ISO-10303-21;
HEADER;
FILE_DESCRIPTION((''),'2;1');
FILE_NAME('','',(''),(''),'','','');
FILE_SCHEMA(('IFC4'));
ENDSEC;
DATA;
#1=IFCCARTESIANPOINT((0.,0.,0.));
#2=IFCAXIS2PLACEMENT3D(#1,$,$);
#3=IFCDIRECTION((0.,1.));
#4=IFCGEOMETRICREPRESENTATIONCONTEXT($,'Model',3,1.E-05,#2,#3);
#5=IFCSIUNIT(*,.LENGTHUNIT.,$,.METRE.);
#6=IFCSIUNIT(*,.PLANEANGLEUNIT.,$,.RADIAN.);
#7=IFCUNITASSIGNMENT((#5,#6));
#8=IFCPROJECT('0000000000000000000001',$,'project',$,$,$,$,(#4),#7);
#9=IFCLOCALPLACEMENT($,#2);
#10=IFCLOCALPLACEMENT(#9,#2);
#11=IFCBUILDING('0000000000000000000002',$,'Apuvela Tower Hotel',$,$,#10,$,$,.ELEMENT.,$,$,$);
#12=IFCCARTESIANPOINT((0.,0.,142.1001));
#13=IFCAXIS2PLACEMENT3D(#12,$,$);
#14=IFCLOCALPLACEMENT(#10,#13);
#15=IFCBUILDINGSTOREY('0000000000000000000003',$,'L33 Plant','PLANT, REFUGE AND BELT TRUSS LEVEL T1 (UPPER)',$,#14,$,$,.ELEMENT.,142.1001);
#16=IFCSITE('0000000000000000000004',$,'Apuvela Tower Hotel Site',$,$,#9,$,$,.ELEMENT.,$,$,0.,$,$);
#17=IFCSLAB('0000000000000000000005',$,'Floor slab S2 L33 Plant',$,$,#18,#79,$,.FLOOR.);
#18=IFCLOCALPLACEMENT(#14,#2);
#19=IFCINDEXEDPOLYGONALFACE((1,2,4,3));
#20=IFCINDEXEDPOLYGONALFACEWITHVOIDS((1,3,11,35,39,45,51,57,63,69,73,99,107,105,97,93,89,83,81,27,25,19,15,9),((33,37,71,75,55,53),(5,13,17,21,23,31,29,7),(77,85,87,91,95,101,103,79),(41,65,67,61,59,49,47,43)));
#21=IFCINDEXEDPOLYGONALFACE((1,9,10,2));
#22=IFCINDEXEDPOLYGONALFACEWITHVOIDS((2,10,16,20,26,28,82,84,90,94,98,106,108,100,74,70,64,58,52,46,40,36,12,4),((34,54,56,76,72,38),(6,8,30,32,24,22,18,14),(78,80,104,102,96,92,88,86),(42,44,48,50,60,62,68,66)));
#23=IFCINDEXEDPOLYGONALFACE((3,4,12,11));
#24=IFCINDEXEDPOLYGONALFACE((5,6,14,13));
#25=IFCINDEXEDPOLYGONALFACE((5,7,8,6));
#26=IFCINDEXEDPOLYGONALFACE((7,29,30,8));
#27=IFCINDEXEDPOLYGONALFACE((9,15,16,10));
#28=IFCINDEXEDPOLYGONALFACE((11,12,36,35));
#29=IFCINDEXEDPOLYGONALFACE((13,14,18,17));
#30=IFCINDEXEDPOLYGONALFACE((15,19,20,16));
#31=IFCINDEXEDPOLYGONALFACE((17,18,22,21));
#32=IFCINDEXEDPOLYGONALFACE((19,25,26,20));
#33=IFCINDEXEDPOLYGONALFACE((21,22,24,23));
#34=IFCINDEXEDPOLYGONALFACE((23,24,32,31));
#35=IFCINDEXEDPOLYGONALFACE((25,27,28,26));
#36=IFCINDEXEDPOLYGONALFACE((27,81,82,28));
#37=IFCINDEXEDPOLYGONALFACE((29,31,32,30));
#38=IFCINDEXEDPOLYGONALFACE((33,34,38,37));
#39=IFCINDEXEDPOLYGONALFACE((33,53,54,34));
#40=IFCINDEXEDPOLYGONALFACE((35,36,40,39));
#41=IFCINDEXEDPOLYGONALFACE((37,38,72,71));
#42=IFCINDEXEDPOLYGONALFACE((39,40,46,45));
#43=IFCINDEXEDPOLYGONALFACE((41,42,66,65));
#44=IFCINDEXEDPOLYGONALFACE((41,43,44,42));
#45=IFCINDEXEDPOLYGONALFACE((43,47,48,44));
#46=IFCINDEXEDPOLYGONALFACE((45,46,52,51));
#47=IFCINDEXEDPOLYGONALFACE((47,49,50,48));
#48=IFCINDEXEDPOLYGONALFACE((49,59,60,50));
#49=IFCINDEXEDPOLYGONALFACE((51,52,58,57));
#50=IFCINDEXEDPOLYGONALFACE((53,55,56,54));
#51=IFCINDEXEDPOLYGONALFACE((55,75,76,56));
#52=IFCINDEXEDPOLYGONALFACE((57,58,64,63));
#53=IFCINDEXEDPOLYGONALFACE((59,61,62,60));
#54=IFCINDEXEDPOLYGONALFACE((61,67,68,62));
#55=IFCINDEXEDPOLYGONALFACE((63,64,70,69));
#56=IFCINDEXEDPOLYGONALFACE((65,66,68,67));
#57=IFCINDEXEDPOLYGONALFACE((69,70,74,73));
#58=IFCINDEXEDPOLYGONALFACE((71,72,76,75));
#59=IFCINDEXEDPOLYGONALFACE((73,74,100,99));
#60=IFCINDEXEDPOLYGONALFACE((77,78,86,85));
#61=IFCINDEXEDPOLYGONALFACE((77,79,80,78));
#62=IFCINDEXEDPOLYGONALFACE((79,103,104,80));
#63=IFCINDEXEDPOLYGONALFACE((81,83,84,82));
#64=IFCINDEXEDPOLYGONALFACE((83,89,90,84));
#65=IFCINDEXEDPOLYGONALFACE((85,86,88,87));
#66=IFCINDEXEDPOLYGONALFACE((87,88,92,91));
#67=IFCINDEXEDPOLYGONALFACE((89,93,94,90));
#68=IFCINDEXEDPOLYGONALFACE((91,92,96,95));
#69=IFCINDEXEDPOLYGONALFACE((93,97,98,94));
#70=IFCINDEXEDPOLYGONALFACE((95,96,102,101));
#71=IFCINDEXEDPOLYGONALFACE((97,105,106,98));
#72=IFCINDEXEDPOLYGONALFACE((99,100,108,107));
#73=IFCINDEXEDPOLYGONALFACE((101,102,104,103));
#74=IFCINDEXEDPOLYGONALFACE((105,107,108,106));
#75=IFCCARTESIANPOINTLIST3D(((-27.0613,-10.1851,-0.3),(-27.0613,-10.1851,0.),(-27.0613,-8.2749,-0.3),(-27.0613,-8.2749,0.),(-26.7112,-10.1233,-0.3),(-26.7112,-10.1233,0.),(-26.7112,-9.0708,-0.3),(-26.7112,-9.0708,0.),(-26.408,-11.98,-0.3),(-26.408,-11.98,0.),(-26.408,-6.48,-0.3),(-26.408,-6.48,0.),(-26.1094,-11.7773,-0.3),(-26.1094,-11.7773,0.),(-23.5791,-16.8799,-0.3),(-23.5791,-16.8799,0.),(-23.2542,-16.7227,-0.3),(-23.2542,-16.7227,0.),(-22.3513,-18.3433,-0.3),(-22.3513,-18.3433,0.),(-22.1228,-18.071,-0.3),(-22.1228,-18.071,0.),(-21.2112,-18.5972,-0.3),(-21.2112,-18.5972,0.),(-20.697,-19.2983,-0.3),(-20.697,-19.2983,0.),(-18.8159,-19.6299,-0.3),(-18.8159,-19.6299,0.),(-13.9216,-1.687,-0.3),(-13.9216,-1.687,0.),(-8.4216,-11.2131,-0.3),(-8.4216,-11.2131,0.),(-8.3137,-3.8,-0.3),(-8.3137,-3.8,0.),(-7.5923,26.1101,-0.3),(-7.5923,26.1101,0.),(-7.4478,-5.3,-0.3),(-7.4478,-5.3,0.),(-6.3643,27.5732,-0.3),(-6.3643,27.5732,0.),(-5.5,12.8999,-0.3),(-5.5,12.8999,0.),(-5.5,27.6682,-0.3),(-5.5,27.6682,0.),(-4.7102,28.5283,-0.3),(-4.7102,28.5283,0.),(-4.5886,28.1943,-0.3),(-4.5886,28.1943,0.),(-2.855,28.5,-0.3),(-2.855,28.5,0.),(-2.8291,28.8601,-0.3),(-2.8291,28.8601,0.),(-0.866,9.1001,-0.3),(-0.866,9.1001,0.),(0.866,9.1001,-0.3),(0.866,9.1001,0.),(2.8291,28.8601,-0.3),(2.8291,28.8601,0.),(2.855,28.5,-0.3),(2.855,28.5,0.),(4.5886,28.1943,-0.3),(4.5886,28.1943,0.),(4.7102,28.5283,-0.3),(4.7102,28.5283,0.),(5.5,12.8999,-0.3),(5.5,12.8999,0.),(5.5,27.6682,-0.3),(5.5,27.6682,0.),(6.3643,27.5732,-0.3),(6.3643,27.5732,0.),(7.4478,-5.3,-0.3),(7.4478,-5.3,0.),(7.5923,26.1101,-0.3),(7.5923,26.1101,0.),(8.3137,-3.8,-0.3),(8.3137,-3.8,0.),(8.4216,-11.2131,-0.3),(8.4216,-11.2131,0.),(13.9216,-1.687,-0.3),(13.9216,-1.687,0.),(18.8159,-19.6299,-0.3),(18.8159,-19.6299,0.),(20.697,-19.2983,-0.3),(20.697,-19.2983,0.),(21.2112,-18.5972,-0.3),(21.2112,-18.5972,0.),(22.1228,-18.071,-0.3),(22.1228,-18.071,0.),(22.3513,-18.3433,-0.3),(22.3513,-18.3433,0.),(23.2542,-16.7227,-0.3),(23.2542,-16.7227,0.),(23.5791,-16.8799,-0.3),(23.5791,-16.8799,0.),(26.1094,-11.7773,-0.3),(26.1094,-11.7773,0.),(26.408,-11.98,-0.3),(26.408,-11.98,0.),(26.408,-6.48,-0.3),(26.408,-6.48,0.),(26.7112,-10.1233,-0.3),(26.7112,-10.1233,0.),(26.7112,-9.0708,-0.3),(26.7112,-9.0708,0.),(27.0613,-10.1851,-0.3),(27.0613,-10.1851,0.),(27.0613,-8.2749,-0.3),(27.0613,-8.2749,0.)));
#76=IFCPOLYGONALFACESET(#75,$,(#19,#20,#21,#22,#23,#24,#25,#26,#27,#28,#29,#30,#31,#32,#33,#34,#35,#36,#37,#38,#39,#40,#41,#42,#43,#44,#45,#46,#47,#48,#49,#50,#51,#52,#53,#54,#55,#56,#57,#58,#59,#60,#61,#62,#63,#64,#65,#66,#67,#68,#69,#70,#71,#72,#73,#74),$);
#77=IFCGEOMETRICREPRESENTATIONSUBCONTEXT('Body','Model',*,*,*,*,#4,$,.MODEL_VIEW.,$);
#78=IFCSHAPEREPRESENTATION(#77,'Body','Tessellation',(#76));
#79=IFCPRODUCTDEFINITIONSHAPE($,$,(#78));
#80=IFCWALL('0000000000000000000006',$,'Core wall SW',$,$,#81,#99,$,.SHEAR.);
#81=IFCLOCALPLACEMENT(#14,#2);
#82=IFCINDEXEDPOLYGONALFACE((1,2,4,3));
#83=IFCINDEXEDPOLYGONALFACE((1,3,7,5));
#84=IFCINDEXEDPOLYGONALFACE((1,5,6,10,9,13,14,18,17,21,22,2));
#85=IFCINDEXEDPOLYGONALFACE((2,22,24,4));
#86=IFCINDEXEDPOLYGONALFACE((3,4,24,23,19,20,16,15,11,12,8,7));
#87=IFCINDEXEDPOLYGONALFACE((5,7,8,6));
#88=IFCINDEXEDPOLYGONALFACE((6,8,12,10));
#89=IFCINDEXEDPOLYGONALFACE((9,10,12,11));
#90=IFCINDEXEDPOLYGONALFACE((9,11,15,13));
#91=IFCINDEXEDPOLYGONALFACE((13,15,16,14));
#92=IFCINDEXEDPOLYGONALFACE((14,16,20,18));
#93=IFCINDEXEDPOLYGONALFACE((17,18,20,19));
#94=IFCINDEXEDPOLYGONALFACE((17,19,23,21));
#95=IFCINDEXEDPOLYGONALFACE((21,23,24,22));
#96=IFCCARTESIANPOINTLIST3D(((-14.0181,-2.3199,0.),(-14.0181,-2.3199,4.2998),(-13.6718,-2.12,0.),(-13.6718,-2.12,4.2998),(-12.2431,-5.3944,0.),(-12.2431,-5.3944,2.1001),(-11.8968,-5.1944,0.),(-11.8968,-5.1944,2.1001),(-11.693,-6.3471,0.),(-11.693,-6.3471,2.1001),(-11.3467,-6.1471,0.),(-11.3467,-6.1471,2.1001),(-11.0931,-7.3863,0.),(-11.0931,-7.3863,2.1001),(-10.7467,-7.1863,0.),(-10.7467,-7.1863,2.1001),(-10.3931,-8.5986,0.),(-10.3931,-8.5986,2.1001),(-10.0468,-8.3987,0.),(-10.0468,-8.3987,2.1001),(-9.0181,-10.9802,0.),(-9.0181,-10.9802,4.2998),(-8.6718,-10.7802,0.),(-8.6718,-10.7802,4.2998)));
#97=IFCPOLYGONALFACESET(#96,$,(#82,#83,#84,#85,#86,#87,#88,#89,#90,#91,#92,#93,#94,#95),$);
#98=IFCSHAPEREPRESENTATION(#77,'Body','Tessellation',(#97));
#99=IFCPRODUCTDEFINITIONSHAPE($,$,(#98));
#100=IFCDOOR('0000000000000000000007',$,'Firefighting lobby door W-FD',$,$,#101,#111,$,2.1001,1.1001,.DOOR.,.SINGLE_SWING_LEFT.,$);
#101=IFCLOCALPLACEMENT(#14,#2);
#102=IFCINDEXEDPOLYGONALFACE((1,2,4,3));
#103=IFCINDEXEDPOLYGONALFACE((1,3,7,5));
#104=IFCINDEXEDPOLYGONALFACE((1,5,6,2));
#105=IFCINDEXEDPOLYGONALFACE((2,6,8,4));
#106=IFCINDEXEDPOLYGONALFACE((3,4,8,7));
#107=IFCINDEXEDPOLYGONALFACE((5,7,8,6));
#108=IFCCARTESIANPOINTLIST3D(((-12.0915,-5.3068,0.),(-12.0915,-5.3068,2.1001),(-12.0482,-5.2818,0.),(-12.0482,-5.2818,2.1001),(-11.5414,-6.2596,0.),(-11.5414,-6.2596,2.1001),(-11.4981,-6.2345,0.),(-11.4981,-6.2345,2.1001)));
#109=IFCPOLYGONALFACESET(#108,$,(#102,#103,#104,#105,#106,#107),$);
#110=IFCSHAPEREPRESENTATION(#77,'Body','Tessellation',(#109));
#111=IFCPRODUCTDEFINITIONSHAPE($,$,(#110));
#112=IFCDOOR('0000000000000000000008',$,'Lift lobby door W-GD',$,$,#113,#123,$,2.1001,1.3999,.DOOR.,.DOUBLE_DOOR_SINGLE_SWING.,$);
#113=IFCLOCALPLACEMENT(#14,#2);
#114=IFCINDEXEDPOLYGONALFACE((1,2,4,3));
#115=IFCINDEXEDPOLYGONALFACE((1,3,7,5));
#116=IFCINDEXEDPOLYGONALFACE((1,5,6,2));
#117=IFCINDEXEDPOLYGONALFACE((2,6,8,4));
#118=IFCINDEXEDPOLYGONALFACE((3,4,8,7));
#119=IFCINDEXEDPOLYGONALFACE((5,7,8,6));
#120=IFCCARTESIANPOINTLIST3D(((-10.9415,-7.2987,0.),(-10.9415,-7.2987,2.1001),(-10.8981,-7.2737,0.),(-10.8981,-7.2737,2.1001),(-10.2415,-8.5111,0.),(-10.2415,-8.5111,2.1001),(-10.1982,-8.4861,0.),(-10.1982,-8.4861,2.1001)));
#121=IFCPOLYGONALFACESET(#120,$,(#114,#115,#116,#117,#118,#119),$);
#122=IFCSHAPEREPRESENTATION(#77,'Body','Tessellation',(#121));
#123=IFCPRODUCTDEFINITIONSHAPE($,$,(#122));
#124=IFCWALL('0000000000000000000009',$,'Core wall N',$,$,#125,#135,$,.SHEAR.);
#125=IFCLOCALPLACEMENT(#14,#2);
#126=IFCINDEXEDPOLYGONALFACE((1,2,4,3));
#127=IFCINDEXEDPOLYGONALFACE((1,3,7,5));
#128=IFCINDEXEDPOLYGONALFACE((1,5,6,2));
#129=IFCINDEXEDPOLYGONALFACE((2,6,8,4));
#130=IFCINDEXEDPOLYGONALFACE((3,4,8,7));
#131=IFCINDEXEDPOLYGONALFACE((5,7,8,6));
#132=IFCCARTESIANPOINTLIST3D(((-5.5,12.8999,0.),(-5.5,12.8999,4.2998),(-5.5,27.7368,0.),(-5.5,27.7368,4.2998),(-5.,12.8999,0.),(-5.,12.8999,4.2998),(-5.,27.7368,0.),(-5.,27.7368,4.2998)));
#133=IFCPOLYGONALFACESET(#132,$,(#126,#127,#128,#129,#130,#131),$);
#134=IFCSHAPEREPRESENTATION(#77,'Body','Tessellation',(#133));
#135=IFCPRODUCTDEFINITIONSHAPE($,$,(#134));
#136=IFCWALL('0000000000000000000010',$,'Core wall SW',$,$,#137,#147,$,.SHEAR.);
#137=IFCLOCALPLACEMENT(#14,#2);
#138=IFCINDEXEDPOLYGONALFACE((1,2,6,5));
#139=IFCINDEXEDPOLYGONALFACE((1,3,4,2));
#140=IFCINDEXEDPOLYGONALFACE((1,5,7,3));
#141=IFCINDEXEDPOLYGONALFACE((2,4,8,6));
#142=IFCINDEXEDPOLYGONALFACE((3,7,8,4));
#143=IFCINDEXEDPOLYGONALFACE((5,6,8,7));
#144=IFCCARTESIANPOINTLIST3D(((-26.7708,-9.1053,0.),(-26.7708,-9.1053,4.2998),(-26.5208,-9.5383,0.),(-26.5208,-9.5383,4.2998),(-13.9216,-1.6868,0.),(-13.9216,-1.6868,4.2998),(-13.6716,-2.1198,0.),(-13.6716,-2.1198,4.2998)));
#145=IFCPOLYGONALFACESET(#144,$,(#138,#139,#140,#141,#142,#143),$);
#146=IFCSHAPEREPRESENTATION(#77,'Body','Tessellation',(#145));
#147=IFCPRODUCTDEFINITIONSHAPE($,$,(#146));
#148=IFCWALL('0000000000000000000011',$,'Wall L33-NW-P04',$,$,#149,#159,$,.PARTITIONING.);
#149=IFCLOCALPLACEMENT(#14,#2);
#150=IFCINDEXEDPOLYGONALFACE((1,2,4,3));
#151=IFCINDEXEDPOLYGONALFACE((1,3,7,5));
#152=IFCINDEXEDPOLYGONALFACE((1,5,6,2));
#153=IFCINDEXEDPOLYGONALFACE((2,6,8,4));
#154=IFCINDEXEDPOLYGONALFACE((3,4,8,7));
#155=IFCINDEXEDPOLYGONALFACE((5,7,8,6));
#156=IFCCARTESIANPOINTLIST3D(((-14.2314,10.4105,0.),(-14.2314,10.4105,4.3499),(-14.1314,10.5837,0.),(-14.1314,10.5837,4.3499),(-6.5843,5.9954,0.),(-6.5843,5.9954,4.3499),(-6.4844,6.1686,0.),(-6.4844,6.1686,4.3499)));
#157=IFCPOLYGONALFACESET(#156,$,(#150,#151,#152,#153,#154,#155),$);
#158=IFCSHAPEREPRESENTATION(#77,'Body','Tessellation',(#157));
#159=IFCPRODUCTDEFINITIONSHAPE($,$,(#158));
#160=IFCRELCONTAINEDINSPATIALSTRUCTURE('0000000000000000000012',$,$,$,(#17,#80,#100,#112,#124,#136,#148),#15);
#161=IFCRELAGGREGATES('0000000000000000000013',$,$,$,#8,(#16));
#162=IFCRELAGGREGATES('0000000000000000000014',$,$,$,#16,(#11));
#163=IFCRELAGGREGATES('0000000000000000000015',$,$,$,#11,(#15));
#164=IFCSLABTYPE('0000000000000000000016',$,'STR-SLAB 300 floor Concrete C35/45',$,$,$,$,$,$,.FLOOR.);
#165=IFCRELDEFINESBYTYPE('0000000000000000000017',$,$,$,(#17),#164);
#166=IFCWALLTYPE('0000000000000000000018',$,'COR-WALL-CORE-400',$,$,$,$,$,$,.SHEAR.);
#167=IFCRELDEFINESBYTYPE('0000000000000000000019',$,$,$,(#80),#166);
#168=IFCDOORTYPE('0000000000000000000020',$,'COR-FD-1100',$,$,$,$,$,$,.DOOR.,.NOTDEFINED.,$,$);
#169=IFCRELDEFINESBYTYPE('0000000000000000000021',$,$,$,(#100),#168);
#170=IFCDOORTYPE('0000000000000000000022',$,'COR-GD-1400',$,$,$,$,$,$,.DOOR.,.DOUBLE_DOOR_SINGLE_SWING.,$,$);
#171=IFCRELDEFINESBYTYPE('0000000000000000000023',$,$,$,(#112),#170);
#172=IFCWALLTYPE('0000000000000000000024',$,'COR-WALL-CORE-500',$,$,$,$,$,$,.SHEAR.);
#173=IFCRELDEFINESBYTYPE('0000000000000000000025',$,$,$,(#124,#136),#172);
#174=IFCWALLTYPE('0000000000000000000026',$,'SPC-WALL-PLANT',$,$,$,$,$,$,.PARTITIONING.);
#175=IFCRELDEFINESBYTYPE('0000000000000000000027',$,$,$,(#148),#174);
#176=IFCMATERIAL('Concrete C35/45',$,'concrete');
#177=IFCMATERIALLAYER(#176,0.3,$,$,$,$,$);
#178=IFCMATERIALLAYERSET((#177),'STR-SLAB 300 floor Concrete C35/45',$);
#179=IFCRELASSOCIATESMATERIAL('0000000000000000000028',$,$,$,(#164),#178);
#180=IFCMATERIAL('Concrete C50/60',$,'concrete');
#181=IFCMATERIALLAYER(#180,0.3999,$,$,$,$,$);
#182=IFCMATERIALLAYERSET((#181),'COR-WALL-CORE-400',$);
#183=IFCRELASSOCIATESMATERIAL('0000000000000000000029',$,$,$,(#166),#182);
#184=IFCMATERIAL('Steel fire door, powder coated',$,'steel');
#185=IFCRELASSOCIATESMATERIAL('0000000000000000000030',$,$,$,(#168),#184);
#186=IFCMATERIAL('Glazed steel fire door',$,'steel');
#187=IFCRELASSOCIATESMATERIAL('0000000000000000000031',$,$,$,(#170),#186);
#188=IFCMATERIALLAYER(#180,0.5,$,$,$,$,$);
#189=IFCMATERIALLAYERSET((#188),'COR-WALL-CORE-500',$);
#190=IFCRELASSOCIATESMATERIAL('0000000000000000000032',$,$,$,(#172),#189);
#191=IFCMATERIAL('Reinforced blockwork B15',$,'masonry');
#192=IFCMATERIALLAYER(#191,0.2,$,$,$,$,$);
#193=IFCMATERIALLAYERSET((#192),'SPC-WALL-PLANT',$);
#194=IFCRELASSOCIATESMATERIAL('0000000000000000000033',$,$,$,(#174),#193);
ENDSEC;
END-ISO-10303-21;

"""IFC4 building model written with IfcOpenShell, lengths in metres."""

from ifc_helpers import new_model, si_unit, direction, frame, frame_2d, origin, place, context, subcontext, project, spatial, polyline, rectangle, outline, extrude, material, layer, layer_set, type_object, element, fill, save


model = new_model("IFC4")

# Units and contexts
model_context = context("Model", 3, precision=1e-05, world=origin(), true_north=direction((0.0, 1.0)))
body_context = subcontext(model_context, "Body", "Model", "MODEL_VIEW")
ifc_project = project(units=[si_unit("LENGTHUNIT", "METRE"), si_unit("PLANEANGLEUNIT", "RADIAN")], contexts=[model_context])

# Site, building, storey
site_placement = place(None, origin())
site = spatial("IfcSite", under=ifc_project, at=site_placement, Name="Apuvela Tower Hotel Site", CompositionType="ELEMENT", RefElevation=0.0)
building_placement = place(site_placement, origin())
building = spatial("IfcBuilding", under=site, at=building_placement, Name="Apuvela Tower Hotel", CompositionType="ELEMENT")
storey_placement = place(building_placement, frame((0.0, 0.0, 142.1001)))
storey = spatial("IfcBuildingStorey", under=building, at=storey_placement, Name="L33 Plant", Description="PLANT, REFUGE AND BELT TRUSS LEVEL T1 (UPPER)", CompositionType="ELEMENT", Elevation=142.1001)

# Slab
ifc_material_1 = material(Name="Concrete C35/45", Category="concrete")
ifc_layer_1 = layer(ifc_material_1, 0.3)
ifc_layer_set_1 = layer_set([ifc_layer_1], Name="STR-SLAB 300 floor Concrete C35/45")
slab_type = type_object("IfcSlabType", Name="STR-SLAB 300 floor Concrete C35/45", PredefinedType="FLOOR", material=ifc_layer_set_1)
slab_placement = place(storey_placement, frame((0.0, 0.0, -0.3)))
element("IfcSlab", 1, at=slab_placement, inside=storey, type_object=slab_type, Name="Floor slab S2 L33 Plant", PredefinedType="FLOOR", context=body_context, shape_type="SweptSolid", body=[
    extrude(outline(polyline([(7.5923, 26.1101), (6.3643, 27.5732), (4.7102, 28.5283), (2.8291, 28.8601), (-2.8291, 28.8601), (-4.7102, 28.5283), (-6.3643, 27.5732), (-7.5923, 26.1101), (-26.408, -6.48), (-27.0613, -8.2749), (-27.0613, -10.1851), (-26.408, -11.98), (-23.5791, -16.8799), (-22.3513, -18.3433), (-20.697, -19.2983), (-18.8159, -19.6299), (18.8159, -19.6299), (20.697, -19.2983), (22.3513, -18.3433), (23.5791, -16.8799), (26.408, -11.98), (27.0613, -10.1851), (27.0613, -8.2749), (26.408, -6.48), (7.5923, 26.1101)]), holes=[polyline([(0.866, 9.1001), (-0.866, 9.1001), (-8.3137, -3.8), (-7.4478, -5.3), (7.4478, -5.3), (8.3137, -3.8), (0.866, 9.1001)]), polyline([(-5.5, 12.8999), (-5.5, 27.6682), (-4.5886, 28.1943), (-2.855, 28.5), (2.855, 28.5), (4.5886, 28.1943), (5.5, 27.6682), (5.5, 12.8999), (-5.5, 12.8999)]), polyline([(-8.4216, -11.2131), (-21.2112, -18.5972), (-22.1228, -18.071), (-23.2542, -16.7227), (-26.1094, -11.7773), (-26.7112, -10.1233), (-26.7112, -9.0708), (-13.9216, -1.687), (-8.4216, -11.2131)]), polyline([(13.9216, -1.687), (26.7112, -9.0708), (26.7112, -10.1233), (26.1094, -11.7773), (23.2542, -16.7227), (22.1228, -18.071), (21.2112, -18.5972), (8.4216, -11.2131), (13.9216, -1.687)])]), origin(), (0.0, 0.0, 1.0), 0.3),
])

# Wall, openings, doors
ifc_material_2 = material(Name="Concrete C50/60", Category="concrete")
ifc_layer_2 = layer(ifc_material_2, 0.3999)
ifc_layer_set_2 = layer_set([ifc_layer_2], Name="COR-WALL-CORE-400")
wall_type_1 = type_object("IfcWallType", Name="COR-WALL-CORE-400", PredefinedType="SHEAR", material=ifc_layer_set_2)
wall_1_placement = place(storey_placement, frame((-13.845, -2.22, 0.0), z_axis=(0.0, 0.0, 1.0), x_axis=(0.500004, -0.866023, 0.0)))
wall_1 = element("IfcWall", 2, at=wall_1_placement, inside=storey, type_object=wall_type_1, Name="Core wall SW", PredefinedType="SHEAR", context=body_context, shape_type="SweptSolid", body=[
    extrude(rectangle(XDim=10.0, YDim=0.3999, at=frame_2d((5.0, 0.0))), origin(), (0.0, 0.0, 1.0), 4.2998),
])
opening_1_placement = place(wall_1_placement, frame((3.55, 0.0, 0.0)))
opening_1 = element("IfcOpeningElement", 3, at=opening_1_placement, cuts=wall_1, PredefinedType="OPENING", context=body_context, shape_type="SweptSolid", body=[
    extrude(rectangle(XDim=1.1001, YDim=2.1001, at=frame_2d((0.55, 1.05))), frame((0.0, 0.21, 0.0), z_axis=(0.0, -1.0, 0.0), x_axis=(1.0, 0.0, 0.0)), (0.0, 0.0, 1.0), 0.4199),
])
opening_2_placement = place(wall_1_placement, frame((5.8501, 0.0, 0.0)))
opening_2 = element("IfcOpeningElement", 4, at=opening_2_placement, cuts=wall_1, PredefinedType="OPENING", context=body_context, shape_type="SweptSolid", body=[
    extrude(rectangle(XDim=1.3999, YDim=2.1001, at=frame_2d((0.7, 1.05))), frame((0.0, 0.21, 0.0), z_axis=(0.0, -1.0, 0.0), x_axis=(1.0, 0.0, 0.0)), (0.0, 0.0, 1.0), 0.4199),
])
ifc_material_3 = material(Name="Steel fire door, powder coated", Category="steel")
door_type_1 = type_object("IfcDoorType", Name="COR-FD-1100", OperationType="NOTDEFINED", PredefinedType="DOOR", material=ifc_material_3)
door_1_placement = place(opening_1_placement, frame((1.1001, 0.0, 0.0), z_axis=(0.0, 0.0, 1.0), x_axis=(-1.0, 0.0, 0.0)))
door_1 = element("IfcDoor", 5, at=door_1_placement, inside=storey, type_object=door_type_1, Name="Firefighting lobby door W-FD", OperationType="SINGLE_SWING_LEFT", OverallHeight=2.1001, OverallWidth=1.1001, PredefinedType="DOOR", context=body_context, shape_type="SweptSolid", body=[
    extrude(rectangle(XDim=1.1001, YDim=2.1001, at=frame_2d((0.55, 1.05))), frame((0.0, 0.0249, 0.0), z_axis=(0.0, -1.0, 0.0), x_axis=(1.0, 0.0, 0.0)), (0.0, 0.0, 1.0), 0.05),
])
fill(opening_1, door_1)
ifc_material_4 = material(Name="Glazed steel fire door", Category="steel")
door_type_2 = type_object("IfcDoorType", Name="COR-GD-1400", OperationType="DOUBLE_DOOR_SINGLE_SWING", PredefinedType="DOOR", material=ifc_material_4)
door_2_placement = place(opening_2_placement, frame((1.3999, 0.0, 0.0), z_axis=(0.0, 0.0, 1.0), x_axis=(-1.0, 0.0, 0.0)))
door_2 = element("IfcDoor", 6, at=door_2_placement, inside=storey, type_object=door_type_2, Name="Lift lobby door W-GD", OperationType="DOUBLE_DOOR_SINGLE_SWING", OverallHeight=2.1001, OverallWidth=1.3999, PredefinedType="DOOR", context=body_context, shape_type="SweptSolid", body=[
    extrude(rectangle(XDim=1.3999, YDim=2.1001, at=frame_2d((0.7, 1.05))), frame((0.0, 0.0249, 0.0), z_axis=(0.0, -1.0, 0.0), x_axis=(1.0, 0.0, 0.0)), (0.0, 0.0, 1.0), 0.05),
])
fill(opening_2, door_2)

# Walls
ifc_layer_3 = layer(ifc_material_2, 0.5)
ifc_layer_set_3 = layer_set([ifc_layer_3], Name="COR-WALL-CORE-500")
wall_type_2 = type_object("IfcWallType", Name="COR-WALL-CORE-500", PredefinedType="SHEAR", material=ifc_layer_set_3)
for number, where, z_axis, x_axis, name in (
    (7, (-5.25, 12.8999, 0.0), (0.0, 0.0, 1.0), (0.0, 1.0, 0.0), "Core wall N"),
    (8, (-13.7966, -1.9033, 0.0), (0.0, 0.0, 1.0), (-0.866025, -0.500001, 0.0), "Core wall SW"),
):
    element("IfcWall", number, at=place(storey_placement, frame(where, z_axis=z_axis, x_axis=x_axis)), inside=storey, type_object=wall_type_2, Name=name, PredefinedType="SHEAR", context=body_context, shape_type="SweptSolid", body=[
        extrude(rectangle(XDim=14.8369, YDim=0.5, at=frame_2d((7.4185, 0.0))), origin(), (0.0, 0.0, 1.0), 4.2998),
    ])
ifc_material_5 = material(Name="Reinforced blockwork B15", Category="masonry")
ifc_layer_4 = layer(ifc_material_5, 0.2)
ifc_layer_set_4 = layer_set([ifc_layer_4], Name="SPC-WALL-PLANT")
wall_type_3 = type_object("IfcWallType", Name="SPC-WALL-PLANT", PredefinedType="PARTITIONING", material=ifc_layer_set_4)
wall_2_placement = place(storey_placement, frame((-14.1814, 10.4971, 0.0), z_axis=(0.0, 0.0, 1.0), x_axis=(0.866023, -0.500005, 0.0)))
element("IfcWall", 9, at=wall_2_placement, inside=storey, type_object=wall_type_3, Name="Wall L33-NW-P04", PredefinedType="PARTITIONING", context=body_context, shape_type="SweptSolid", body=[
    extrude(rectangle(XDim=8.8301, YDim=0.2, at=frame_2d((4.415, 0.0))), origin(), (0.0, 0.0, 1.0), 4.3499),
])

save(model, "model.ifc")
